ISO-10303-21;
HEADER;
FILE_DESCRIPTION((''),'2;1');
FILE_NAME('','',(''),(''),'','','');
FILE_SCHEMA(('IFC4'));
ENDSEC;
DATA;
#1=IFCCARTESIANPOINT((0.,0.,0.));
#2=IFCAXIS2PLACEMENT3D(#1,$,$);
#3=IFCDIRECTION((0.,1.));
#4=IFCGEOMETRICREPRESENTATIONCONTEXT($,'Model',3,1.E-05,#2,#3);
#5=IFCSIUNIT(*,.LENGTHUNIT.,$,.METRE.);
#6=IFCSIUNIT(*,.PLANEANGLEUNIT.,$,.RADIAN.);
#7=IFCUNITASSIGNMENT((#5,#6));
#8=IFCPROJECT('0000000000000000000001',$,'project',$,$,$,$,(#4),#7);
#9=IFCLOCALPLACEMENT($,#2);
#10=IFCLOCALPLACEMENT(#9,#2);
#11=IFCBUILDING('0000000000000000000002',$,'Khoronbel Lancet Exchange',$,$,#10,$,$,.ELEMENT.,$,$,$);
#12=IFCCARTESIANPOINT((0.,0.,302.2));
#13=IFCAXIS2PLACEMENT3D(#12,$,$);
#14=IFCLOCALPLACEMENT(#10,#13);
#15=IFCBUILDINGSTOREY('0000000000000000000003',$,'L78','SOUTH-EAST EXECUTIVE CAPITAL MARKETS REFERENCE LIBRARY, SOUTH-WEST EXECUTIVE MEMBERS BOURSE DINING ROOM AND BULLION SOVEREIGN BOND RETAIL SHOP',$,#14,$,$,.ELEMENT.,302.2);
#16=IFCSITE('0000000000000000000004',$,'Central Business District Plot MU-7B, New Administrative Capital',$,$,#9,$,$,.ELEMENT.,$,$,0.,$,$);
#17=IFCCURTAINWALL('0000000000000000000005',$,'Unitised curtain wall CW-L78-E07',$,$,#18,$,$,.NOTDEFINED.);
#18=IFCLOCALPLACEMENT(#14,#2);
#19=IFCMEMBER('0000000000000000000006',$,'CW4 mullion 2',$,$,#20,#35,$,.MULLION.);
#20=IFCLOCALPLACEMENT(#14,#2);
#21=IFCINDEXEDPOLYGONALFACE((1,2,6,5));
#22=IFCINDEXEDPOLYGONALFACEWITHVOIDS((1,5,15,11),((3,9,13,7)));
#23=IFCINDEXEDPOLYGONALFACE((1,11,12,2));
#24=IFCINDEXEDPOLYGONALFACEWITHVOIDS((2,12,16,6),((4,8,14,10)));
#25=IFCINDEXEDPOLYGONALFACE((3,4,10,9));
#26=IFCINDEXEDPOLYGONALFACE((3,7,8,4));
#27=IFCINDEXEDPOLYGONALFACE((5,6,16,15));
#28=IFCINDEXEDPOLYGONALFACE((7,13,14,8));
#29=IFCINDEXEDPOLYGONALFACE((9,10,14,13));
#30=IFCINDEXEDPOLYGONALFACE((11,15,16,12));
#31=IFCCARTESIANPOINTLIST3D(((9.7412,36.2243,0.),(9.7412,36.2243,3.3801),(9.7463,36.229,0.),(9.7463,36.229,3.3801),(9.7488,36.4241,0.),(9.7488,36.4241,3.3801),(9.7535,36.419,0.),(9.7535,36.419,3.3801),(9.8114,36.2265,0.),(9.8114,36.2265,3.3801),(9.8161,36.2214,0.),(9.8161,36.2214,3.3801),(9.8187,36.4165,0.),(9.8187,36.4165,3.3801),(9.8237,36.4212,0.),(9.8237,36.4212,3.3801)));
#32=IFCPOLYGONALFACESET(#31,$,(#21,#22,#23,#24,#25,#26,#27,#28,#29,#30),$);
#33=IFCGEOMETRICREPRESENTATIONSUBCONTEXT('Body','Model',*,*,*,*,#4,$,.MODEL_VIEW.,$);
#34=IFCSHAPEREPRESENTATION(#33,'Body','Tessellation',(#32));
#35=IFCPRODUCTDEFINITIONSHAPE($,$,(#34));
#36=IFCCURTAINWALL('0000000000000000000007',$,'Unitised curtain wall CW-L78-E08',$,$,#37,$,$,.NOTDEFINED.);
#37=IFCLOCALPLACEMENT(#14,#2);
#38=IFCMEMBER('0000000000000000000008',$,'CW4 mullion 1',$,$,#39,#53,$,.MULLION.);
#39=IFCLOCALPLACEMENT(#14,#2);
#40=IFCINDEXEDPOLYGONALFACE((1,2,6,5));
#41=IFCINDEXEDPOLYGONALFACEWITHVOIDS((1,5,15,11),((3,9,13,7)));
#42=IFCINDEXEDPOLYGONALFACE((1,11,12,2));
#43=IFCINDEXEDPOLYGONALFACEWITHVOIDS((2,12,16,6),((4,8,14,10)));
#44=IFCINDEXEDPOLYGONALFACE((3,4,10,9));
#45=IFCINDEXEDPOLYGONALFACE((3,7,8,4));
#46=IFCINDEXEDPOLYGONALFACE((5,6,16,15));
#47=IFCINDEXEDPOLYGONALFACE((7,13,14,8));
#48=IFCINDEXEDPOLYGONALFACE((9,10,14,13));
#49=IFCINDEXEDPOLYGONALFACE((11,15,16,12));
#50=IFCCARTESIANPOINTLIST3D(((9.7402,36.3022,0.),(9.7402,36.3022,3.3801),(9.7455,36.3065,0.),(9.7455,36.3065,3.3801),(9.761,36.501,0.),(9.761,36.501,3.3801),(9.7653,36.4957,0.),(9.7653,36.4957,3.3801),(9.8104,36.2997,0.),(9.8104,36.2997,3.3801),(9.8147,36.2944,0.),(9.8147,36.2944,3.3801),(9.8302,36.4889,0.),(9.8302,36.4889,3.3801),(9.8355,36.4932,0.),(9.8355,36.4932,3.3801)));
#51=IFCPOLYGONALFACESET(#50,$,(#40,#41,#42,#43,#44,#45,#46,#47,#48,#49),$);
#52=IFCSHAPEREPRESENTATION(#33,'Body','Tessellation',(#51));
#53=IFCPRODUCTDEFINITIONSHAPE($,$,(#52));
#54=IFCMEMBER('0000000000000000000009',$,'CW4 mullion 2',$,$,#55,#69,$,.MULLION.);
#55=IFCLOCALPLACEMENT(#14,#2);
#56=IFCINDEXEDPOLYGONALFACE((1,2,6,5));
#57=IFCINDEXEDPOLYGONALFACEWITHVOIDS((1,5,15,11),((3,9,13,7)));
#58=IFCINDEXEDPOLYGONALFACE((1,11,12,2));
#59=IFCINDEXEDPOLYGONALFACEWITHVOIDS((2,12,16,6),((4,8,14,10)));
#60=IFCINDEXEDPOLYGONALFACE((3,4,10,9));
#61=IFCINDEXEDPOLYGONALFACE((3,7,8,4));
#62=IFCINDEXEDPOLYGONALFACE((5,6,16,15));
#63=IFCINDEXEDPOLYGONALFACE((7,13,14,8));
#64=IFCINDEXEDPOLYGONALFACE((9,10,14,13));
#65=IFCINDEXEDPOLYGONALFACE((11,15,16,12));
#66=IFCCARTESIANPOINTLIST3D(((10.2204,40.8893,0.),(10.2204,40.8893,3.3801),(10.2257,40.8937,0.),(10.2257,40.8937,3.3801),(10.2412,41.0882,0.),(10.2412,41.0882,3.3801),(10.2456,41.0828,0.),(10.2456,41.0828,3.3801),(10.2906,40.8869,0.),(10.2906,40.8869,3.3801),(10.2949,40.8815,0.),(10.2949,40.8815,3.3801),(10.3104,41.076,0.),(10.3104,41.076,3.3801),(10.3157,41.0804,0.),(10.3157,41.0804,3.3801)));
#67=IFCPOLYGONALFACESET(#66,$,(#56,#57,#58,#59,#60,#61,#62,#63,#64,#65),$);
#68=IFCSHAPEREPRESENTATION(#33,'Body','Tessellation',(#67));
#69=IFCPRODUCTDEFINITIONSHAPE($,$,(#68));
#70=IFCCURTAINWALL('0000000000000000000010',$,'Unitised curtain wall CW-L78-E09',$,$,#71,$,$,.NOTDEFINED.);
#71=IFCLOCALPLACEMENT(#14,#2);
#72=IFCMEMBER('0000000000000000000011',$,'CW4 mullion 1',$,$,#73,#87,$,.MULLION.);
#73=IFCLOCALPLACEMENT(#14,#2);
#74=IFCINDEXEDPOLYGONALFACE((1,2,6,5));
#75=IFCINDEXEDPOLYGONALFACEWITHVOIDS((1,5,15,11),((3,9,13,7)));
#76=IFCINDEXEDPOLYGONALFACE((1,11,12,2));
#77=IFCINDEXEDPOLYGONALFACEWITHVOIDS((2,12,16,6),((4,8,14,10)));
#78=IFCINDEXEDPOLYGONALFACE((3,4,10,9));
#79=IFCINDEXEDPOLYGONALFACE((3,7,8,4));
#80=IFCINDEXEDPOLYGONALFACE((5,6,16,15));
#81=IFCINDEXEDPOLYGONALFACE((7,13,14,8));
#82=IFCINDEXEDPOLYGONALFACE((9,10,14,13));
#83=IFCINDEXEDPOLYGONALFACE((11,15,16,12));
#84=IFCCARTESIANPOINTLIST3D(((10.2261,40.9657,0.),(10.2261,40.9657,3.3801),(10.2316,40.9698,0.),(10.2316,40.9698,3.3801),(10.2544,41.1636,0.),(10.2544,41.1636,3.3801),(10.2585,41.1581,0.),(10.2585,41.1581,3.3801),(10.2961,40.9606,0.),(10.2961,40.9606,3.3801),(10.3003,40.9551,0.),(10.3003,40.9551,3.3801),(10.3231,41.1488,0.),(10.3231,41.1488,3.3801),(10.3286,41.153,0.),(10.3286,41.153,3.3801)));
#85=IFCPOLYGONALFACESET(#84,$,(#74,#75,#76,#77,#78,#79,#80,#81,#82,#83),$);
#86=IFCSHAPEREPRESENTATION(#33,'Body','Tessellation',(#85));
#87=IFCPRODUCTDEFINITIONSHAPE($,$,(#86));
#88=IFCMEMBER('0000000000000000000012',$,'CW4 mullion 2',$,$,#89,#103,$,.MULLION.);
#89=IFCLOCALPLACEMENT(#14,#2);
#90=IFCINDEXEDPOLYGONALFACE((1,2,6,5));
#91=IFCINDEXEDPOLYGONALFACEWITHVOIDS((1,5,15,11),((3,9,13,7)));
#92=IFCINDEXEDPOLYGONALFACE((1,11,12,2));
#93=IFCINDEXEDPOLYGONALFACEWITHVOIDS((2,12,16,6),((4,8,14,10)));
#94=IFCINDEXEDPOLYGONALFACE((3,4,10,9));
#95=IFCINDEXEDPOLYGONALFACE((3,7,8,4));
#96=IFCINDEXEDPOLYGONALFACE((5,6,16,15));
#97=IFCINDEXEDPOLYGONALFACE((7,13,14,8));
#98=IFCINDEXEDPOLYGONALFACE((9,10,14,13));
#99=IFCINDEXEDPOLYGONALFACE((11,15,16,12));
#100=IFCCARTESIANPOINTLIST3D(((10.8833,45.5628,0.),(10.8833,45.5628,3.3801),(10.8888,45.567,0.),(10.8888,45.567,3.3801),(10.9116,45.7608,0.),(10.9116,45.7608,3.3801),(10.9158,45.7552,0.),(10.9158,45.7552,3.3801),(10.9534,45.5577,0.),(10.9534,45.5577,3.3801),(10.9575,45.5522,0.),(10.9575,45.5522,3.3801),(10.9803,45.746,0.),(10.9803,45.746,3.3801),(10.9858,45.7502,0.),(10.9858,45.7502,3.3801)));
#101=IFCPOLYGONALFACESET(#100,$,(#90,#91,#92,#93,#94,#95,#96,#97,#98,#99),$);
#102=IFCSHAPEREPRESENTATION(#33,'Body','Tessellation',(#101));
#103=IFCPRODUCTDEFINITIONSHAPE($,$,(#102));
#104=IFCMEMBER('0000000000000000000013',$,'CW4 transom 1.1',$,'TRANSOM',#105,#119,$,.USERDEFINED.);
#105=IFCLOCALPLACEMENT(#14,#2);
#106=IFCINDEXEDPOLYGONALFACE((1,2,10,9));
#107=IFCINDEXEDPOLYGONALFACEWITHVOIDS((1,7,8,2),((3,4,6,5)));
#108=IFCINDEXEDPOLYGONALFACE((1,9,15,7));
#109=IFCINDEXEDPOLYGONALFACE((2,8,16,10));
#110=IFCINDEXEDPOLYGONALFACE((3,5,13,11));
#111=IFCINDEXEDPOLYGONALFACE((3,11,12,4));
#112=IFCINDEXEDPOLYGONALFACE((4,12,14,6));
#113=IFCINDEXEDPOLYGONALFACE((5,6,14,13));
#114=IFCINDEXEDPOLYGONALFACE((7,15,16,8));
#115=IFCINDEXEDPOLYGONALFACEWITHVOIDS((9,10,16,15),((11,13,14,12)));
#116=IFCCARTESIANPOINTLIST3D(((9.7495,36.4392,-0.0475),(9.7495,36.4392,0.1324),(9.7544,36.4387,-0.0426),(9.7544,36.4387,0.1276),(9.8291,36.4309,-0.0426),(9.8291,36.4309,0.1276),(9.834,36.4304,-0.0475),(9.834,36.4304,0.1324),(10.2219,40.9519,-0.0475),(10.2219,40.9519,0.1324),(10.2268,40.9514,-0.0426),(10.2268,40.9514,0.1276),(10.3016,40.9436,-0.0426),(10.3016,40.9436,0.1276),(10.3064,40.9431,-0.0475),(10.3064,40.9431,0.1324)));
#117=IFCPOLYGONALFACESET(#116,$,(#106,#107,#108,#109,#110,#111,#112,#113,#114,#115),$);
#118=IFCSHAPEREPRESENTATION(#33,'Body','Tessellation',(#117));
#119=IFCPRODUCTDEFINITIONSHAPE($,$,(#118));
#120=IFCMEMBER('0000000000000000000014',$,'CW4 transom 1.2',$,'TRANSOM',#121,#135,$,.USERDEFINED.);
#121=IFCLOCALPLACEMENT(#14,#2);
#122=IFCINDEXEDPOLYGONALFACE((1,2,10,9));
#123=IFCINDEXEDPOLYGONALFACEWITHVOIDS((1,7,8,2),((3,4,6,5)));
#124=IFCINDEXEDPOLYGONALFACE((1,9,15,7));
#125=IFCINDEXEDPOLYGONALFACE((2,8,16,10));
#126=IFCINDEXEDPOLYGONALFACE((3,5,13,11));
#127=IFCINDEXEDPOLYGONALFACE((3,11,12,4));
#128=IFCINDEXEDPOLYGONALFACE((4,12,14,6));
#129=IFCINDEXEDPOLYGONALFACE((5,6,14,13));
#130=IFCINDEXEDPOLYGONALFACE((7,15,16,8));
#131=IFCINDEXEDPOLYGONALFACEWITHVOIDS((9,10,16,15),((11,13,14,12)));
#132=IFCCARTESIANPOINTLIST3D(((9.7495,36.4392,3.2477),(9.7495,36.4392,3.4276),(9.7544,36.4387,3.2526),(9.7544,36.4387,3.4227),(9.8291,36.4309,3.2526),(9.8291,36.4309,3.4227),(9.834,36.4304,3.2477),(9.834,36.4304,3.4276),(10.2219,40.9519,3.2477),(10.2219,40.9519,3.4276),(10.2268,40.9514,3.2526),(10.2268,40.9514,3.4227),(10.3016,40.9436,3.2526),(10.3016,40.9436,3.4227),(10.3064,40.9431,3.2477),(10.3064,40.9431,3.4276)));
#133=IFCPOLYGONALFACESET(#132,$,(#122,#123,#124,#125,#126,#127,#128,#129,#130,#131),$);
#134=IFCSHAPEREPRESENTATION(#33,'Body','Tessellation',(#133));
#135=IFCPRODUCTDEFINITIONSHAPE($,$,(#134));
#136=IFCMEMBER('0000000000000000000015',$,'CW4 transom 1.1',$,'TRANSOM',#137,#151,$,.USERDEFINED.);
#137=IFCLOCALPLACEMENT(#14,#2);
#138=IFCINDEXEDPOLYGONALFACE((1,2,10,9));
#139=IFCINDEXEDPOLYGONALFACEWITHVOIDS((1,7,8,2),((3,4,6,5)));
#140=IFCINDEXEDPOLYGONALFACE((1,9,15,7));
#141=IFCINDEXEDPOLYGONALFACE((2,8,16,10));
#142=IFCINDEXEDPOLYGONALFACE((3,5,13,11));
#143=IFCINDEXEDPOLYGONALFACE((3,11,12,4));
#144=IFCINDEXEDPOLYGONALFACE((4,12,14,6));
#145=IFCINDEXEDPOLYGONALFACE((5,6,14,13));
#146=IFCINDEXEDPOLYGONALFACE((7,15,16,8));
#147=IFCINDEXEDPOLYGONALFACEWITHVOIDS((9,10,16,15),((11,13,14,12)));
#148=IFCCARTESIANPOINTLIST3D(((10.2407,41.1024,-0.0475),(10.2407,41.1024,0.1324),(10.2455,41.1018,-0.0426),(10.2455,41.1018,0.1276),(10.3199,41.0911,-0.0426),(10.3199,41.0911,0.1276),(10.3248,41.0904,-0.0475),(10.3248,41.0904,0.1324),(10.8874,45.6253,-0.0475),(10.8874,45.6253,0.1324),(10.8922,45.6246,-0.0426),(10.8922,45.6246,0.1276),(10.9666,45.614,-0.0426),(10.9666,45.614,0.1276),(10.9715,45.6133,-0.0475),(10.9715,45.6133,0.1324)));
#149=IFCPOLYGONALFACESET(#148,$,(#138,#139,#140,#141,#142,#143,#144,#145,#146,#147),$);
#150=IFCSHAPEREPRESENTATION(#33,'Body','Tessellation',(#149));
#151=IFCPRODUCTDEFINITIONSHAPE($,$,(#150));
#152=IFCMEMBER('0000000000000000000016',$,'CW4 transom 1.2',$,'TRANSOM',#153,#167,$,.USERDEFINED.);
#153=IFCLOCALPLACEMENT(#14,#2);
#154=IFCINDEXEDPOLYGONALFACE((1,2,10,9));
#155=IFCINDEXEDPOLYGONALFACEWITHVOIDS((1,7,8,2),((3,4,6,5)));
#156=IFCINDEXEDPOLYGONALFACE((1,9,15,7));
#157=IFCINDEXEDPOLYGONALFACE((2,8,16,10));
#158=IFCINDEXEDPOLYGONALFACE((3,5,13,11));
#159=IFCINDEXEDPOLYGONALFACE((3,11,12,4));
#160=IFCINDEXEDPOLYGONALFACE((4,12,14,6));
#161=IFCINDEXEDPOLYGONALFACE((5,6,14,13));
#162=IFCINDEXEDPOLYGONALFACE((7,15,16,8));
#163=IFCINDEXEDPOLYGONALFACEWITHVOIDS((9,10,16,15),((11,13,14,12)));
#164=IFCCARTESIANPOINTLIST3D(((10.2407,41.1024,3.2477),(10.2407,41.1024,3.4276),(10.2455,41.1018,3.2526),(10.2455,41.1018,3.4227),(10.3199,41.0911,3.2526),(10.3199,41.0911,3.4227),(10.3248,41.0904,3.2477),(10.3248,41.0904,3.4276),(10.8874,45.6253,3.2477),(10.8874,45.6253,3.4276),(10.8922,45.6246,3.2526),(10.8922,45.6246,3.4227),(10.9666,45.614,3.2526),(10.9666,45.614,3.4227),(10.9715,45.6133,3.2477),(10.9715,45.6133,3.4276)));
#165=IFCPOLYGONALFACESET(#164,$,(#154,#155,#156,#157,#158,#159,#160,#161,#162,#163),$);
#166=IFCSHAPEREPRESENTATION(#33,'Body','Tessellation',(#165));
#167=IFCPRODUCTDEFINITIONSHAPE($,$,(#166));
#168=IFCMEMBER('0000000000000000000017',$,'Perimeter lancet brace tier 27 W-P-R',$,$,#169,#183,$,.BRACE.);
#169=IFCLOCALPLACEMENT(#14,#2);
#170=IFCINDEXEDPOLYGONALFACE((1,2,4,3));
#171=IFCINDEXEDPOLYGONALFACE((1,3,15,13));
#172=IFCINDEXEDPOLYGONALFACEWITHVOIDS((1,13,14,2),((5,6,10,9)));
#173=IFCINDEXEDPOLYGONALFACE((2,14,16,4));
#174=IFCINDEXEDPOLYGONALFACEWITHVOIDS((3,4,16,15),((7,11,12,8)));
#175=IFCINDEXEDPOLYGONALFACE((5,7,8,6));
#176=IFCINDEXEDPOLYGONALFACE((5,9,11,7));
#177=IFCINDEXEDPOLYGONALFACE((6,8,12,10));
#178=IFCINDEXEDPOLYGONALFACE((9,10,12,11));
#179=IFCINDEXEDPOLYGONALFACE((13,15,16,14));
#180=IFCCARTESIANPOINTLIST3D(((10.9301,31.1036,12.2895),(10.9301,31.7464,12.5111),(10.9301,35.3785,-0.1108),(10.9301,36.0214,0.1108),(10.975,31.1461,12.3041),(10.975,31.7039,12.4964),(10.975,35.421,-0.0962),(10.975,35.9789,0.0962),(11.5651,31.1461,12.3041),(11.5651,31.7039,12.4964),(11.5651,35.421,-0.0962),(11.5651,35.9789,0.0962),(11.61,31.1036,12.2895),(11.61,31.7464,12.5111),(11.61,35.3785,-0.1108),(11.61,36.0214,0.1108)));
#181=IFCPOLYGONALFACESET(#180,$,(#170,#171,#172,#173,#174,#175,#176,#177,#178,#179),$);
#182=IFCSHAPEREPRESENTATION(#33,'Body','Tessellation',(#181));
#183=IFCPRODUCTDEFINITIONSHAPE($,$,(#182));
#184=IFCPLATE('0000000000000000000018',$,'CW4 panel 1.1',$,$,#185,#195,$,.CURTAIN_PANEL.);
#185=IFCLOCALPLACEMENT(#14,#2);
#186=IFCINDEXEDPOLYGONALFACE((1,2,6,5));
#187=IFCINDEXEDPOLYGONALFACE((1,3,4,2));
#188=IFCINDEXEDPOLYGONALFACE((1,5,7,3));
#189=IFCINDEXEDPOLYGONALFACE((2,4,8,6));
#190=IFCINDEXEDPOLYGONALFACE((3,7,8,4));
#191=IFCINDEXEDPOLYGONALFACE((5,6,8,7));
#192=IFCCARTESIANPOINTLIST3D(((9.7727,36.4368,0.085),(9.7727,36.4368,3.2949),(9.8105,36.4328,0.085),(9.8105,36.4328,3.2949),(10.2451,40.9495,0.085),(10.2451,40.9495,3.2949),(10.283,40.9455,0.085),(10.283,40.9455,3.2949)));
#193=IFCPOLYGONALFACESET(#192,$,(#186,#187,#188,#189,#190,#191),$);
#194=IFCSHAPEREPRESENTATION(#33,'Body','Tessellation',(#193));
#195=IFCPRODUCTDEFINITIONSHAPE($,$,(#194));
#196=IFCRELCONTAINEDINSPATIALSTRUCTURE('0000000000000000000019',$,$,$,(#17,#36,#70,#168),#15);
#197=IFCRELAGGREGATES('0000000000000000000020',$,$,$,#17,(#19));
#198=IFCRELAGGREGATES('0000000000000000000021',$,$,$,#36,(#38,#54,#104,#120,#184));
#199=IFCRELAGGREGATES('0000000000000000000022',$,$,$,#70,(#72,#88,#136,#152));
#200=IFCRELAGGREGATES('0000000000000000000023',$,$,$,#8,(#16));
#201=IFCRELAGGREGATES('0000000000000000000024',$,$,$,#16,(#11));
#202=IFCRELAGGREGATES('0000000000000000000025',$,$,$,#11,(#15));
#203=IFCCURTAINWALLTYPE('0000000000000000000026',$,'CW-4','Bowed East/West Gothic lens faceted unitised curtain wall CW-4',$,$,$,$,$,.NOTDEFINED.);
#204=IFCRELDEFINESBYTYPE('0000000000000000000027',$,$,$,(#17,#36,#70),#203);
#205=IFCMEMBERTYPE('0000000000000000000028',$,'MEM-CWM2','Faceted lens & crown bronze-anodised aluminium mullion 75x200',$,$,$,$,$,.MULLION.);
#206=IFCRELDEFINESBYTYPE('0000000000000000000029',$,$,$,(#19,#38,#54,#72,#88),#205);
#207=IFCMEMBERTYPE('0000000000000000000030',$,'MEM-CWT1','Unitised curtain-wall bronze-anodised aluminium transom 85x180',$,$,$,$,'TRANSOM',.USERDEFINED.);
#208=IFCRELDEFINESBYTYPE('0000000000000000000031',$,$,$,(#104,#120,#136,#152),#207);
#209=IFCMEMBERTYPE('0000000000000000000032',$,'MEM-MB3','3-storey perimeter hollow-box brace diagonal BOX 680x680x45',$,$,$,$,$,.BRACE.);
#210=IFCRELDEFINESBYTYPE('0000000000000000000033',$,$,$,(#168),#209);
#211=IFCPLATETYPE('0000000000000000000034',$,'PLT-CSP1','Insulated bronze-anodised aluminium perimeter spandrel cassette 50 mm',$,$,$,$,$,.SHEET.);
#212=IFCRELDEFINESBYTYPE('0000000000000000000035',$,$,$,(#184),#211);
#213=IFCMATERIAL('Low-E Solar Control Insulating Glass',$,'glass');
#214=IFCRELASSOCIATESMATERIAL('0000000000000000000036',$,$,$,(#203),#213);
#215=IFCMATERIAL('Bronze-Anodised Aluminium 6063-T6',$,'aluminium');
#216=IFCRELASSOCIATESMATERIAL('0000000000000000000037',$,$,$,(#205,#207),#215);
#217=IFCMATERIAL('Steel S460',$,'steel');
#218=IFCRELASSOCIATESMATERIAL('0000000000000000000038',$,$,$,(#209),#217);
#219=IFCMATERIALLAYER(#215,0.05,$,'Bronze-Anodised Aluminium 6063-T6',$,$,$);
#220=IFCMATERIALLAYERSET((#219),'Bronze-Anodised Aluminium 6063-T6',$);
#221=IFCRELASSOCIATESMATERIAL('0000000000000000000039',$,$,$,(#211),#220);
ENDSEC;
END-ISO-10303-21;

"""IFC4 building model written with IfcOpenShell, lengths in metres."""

from ifc_helpers import new_model, si_unit, direction, frame, origin, origin_2d, place, context, subcontext, project, spatial, rectangle, hollow_rectangle, extrude, material, layer, layer_set, material_profile, profile_set, type_object, element, aggregate, save


model = new_model("IFC4")

# Units and contexts
model_context = context("Model", 3, precision=1e-05, world=origin(), true_north=direction((0.0, 1.0)))
body_context = subcontext(model_context, "Body", "Model", "MODEL_VIEW")
ifc_project = project(units=[si_unit("LENGTHUNIT", "METRE"), si_unit("PLANEANGLEUNIT", "RADIAN")], contexts=[model_context])

# Site, building, storey
site_placement = place(None, origin())
site = spatial("IfcSite", under=ifc_project, at=site_placement, Name="Central Business District Plot MU-7B, New Administrative Capital", CompositionType="ELEMENT", RefElevation=0.0)
building_placement = place(site_placement, origin())
building = spatial("IfcBuilding", under=site, at=building_placement, Name="Khoronbel Lancet Exchange", CompositionType="ELEMENT")
storey_placement = place(building_placement, frame((0.0, 0.0, 302.2)))
storey = spatial("IfcBuildingStorey", under=building, at=storey_placement, Name="L78", Description="SOUTH-EAST EXECUTIVE CAPITAL MARKETS REFERENCE LIBRARY, SOUTH-WEST EXECUTIVE MEMBERS BOURSE DINING ROOM AND BULLION SOVEREIGN BOND RETAIL SHOP", CompositionType="ELEMENT", Elevation=302.2)

# Curtain wall, member
ifc_material_1 = material(Name="Low-E Solar Control Insulating Glass", Category="glass")
curtain_wall_type = type_object("IfcCurtainWallType", Name="CW-4", Description="Bowed East/West Gothic lens faceted unitised curtain wall CW-4", PredefinedType="NOTDEFINED", material=ifc_material_1)
curtain_wall_1_placement = place(storey_placement, origin())
curtain_wall_1 = element("IfcCurtainWall", 1, at=curtain_wall_1_placement, inside=storey, type_object=curtain_wall_type, Name="Unitised curtain wall CW-L78-E07", PredefinedType="NOTDEFINED")
ifc_material_2 = material(Name="Bronze-Anodised Aluminium 6063-T6", Category="aluminium")
ifc_material_profile_1 = material_profile(ifc_material_2, hollow_rectangle(XDim=0.075, YDim=0.2, WallThickness=0.0049, at=origin_2d()), Name="ALU MULLION 75x200")
ifc_profile_set_1 = profile_set([ifc_material_profile_1], Name="Bronze-Anodised Aluminium 6063-T6")
member_type_1 = type_object("IfcMemberType", Name="MEM-CWM2", Description="Faceted lens & crown bronze-anodised aluminium mullion 75x200", PredefinedType="MULLION", material=ifc_profile_set_1)
member_1_placement = place(storey_placement, frame((9.7825, 36.3228, 0.0), z_axis=(0.0, 0.0, 1.0), x_axis=(-0.999267, 0.038274, 0.0)))
member_1 = element("IfcMember", 2, at=member_1_placement, type_object=member_type_1, Name="CW4 mullion 2", PredefinedType="MULLION", context=body_context, shape_type="SweptSolid", body=[
    extrude(hollow_rectangle(XDim=0.075, YDim=0.2, WallThickness=0.0049, at=origin_2d()), origin(), (0.0, 0.0, 1.0), 3.3801),
])
aggregate(curtain_wall_1, [member_1])

# Curtain walls, members
curtain_wall_2_placement = place(storey_placement, origin())
curtain_wall_2 = element("IfcCurtainWall", 3, at=curtain_wall_2_placement, inside=storey, type_object=curtain_wall_type, Name="Unitised curtain wall CW-L78-E08", PredefinedType="NOTDEFINED")
member_2_placement = place(storey_placement, frame((9.7878, 36.3977, 0.0), z_axis=(0.0, 0.0, 1.0), x_axis=(-0.994564, 0.104131, 0.0)))
member_2 = element("IfcMember", 4, at=member_2_placement, type_object=member_type_1, Name="CW4 mullion 1", PredefinedType="MULLION", context=body_context, shape_type="SweptSolid", body=[
    extrude(hollow_rectangle(XDim=0.075, YDim=0.2, WallThickness=0.0049, at=origin_2d()), origin(), (0.0, 0.0, 1.0), 3.3801),
])
member_3_placement = place(storey_placement, frame((10.2681, 40.9849, 0.0), z_axis=(0.0, 0.0, 1.0), x_axis=(-0.994564, 0.104131, 0.0)))
member_3 = element("IfcMember", 5, at=member_3_placement, type_object=member_type_1, Name="CW4 mullion 2", PredefinedType="MULLION", context=body_context, shape_type="SweptSolid", body=[
    extrude(hollow_rectangle(XDim=0.075, YDim=0.2, WallThickness=0.0049, at=origin_2d()), origin(), (0.0, 0.0, 1.0), 3.3801),
])
curtain_wall_3_placement = place(storey_placement, origin())
curtain_wall_3 = element("IfcCurtainWall", 6, at=curtain_wall_3_placement, inside=storey, type_object=curtain_wall_type, Name="Unitised curtain wall CW-L78-E09", PredefinedType="NOTDEFINED")
member_4_placement = place(storey_placement, frame((10.2773, 41.0593, 0.0), z_axis=(0.0, 0.0, 1.0), x_axis=(-0.98993, 0.141558, 0.0)))
member_4 = element("IfcMember", 7, at=member_4_placement, type_object=member_type_1, Name="CW4 mullion 1", PredefinedType="MULLION", context=body_context, shape_type="SweptSolid", body=[
    extrude(hollow_rectangle(XDim=0.075, YDim=0.2, WallThickness=0.0049, at=origin_2d()), origin(), (0.0, 0.0, 1.0), 3.3801),
])
member_5_placement = place(storey_placement, frame((10.9346, 45.6565, 0.0), z_axis=(0.0, 0.0, 1.0), x_axis=(-0.98993, 0.141558, 0.0)))
member_5 = element("IfcMember", 8, at=member_5_placement, type_object=member_type_1, Name="CW4 mullion 2", PredefinedType="MULLION", context=body_context, shape_type="SweptSolid", body=[
    extrude(hollow_rectangle(XDim=0.075, YDim=0.2, WallThickness=0.0049, at=origin_2d()), origin(), (0.0, 0.0, 1.0), 3.3801),
])

# Members
ifc_material_profile_2 = material_profile(ifc_material_2, hollow_rectangle(XDim=0.085, YDim=0.1799, WallThickness=0.0049, at=origin_2d()), Name="ALU TRANSOM 85x180")
ifc_profile_set_2 = profile_set([ifc_material_profile_2], Name="Bronze-Anodised Aluminium 6063-T6")
member_type_2 = type_object("IfcMemberType", Name="MEM-CWT1", Description="Unitised curtain-wall bronze-anodised aluminium transom 85x180", ElementType="TRANSOM", PredefinedType="USERDEFINED", material=ifc_profile_set_2)
member_6_placement = place(storey_placement, frame((9.7917, 36.4348, 0.0425), z_axis=(0.104116, 0.994565, 0.0), x_axis=(-0.994565, 0.104116, 0.0)))
member_6 = element("IfcMember", 9, at=member_6_placement, type_object=member_type_2, Name="CW4 transom 1.1", ObjectType="TRANSOM", PredefinedType="USERDEFINED", context=body_context, shape_type="SweptSolid", body=[
    extrude(hollow_rectangle(XDim=0.085, YDim=0.1799, WallThickness=0.0049, at=origin_2d()), origin(), (0.0, 0.0, 1.0), 4.5374),
])
member_7_placement = place(storey_placement, frame((9.7917, 36.4348, 3.3376), z_axis=(0.104116, 0.994565, 0.0), x_axis=(-0.994565, 0.104116, 0.0)))
member_7 = element("IfcMember", 10, at=member_7_placement, type_object=member_type_2, Name="CW4 transom 1.2", ObjectType="TRANSOM", PredefinedType="USERDEFINED", context=body_context, shape_type="SweptSolid", body=[
    extrude(hollow_rectangle(XDim=0.085, YDim=0.1799, WallThickness=0.0049, at=origin_2d()), origin(), (0.0, 0.0, 1.0), 4.5374),
])
member_8_placement = place(storey_placement, frame((10.2827, 41.0964, 0.0425), z_axis=(0.141549, 0.989931, 0.0), x_axis=(-0.989931, 0.141549, 0.0)))
member_8 = element("IfcMember", 11, at=member_8_placement, type_object=member_type_2, Name="CW4 transom 1.1", ObjectType="TRANSOM", PredefinedType="USERDEFINED", context=body_context, shape_type="SweptSolid", body=[
    extrude(hollow_rectangle(XDim=0.085, YDim=0.1799, WallThickness=0.0049, at=origin_2d()), origin(), (0.0, 0.0, 1.0), 4.5688),
])
member_9_placement = place(storey_placement, frame((10.2827, 41.0964, 3.3376), z_axis=(0.141549, 0.989931, 0.0), x_axis=(-0.989931, 0.141549, 0.0)))
member_9 = element("IfcMember", 12, at=member_9_placement, type_object=member_type_2, Name="CW4 transom 1.2", ObjectType="TRANSOM", PredefinedType="USERDEFINED", context=body_context, shape_type="SweptSolid", body=[
    extrude(hollow_rectangle(XDim=0.085, YDim=0.1799, WallThickness=0.0049, at=origin_2d()), origin(), (0.0, 0.0, 1.0), 4.5688),
])
ifc_material_3 = material(Name="Steel S460", Category="steel")
ifc_material_profile_3 = material_profile(ifc_material_3, hollow_rectangle(XDim=0.6799, YDim=0.6799, WallThickness=0.0449, at=origin_2d()), Name="BOX 680x680x45")
ifc_profile_set_3 = profile_set([ifc_material_profile_3], Name="Steel S460")
member_type_3 = type_object("IfcMemberType", Name="MEM-MB3", Description="3-storey perimeter hollow-box brace diagonal BOX 680x680x45", PredefinedType="BRACE", material=ifc_profile_set_3)
member_10_placement = place(storey_placement, frame((11.27, 35.7, 0.0), z_axis=(0.0, -0.325922, 0.945397), x_axis=(1.0, 0.0, 0.0)))
element("IfcMember", 13, at=member_10_placement, inside=storey, type_object=member_type_3, Name="Perimeter lancet brace tier 27 W-P-R", PredefinedType="BRACE", context=body_context, shape_type="SweptSolid", body=[
    extrude(hollow_rectangle(XDim=0.6799, YDim=0.6799, WallThickness=0.0449, at=origin_2d()), origin(), (0.0, 0.0, 1.0), 13.1165),
])

# Plate
ifc_layer_1 = layer(ifc_material_2, 0.05, Name="Bronze-Anodised Aluminium 6063-T6")
ifc_layer_set_1 = layer_set([ifc_layer_1], Name="Bronze-Anodised Aluminium 6063-T6")
plate_type_1 = type_object("IfcPlateType", Name="PLT-CSP1", Description="Insulated bronze-anodised aluminium perimeter spandrel cassette 50 mm", PredefinedType="SHEET", material=ifc_layer_set_1)
plate_1_placement = place(storey_placement, frame((10.0278, 38.6912, 0.085), z_axis=(0.0, 0.0, 1.0), x_axis=(0.104131, 0.994564, 0.0)))
plate_1 = element("IfcPlate", 14, at=plate_1_placement, type_object=plate_type_1, Name="CW4 panel 1.1", PredefinedType="CURTAIN_PANEL", context=body_context, shape_type="SweptSolid", body=[
    extrude(rectangle(XDim=4.5374, YDim=0.0381, at=origin_2d()), origin(), (0.0, 0.0, 1.0), 3.21),
])
aggregate(curtain_wall_2, [member_2, member_3, member_6, member_7, plate_1])
aggregate(curtain_wall_3, [member_4, member_5, member_8, member_9])

save(model, "model.ifc")
